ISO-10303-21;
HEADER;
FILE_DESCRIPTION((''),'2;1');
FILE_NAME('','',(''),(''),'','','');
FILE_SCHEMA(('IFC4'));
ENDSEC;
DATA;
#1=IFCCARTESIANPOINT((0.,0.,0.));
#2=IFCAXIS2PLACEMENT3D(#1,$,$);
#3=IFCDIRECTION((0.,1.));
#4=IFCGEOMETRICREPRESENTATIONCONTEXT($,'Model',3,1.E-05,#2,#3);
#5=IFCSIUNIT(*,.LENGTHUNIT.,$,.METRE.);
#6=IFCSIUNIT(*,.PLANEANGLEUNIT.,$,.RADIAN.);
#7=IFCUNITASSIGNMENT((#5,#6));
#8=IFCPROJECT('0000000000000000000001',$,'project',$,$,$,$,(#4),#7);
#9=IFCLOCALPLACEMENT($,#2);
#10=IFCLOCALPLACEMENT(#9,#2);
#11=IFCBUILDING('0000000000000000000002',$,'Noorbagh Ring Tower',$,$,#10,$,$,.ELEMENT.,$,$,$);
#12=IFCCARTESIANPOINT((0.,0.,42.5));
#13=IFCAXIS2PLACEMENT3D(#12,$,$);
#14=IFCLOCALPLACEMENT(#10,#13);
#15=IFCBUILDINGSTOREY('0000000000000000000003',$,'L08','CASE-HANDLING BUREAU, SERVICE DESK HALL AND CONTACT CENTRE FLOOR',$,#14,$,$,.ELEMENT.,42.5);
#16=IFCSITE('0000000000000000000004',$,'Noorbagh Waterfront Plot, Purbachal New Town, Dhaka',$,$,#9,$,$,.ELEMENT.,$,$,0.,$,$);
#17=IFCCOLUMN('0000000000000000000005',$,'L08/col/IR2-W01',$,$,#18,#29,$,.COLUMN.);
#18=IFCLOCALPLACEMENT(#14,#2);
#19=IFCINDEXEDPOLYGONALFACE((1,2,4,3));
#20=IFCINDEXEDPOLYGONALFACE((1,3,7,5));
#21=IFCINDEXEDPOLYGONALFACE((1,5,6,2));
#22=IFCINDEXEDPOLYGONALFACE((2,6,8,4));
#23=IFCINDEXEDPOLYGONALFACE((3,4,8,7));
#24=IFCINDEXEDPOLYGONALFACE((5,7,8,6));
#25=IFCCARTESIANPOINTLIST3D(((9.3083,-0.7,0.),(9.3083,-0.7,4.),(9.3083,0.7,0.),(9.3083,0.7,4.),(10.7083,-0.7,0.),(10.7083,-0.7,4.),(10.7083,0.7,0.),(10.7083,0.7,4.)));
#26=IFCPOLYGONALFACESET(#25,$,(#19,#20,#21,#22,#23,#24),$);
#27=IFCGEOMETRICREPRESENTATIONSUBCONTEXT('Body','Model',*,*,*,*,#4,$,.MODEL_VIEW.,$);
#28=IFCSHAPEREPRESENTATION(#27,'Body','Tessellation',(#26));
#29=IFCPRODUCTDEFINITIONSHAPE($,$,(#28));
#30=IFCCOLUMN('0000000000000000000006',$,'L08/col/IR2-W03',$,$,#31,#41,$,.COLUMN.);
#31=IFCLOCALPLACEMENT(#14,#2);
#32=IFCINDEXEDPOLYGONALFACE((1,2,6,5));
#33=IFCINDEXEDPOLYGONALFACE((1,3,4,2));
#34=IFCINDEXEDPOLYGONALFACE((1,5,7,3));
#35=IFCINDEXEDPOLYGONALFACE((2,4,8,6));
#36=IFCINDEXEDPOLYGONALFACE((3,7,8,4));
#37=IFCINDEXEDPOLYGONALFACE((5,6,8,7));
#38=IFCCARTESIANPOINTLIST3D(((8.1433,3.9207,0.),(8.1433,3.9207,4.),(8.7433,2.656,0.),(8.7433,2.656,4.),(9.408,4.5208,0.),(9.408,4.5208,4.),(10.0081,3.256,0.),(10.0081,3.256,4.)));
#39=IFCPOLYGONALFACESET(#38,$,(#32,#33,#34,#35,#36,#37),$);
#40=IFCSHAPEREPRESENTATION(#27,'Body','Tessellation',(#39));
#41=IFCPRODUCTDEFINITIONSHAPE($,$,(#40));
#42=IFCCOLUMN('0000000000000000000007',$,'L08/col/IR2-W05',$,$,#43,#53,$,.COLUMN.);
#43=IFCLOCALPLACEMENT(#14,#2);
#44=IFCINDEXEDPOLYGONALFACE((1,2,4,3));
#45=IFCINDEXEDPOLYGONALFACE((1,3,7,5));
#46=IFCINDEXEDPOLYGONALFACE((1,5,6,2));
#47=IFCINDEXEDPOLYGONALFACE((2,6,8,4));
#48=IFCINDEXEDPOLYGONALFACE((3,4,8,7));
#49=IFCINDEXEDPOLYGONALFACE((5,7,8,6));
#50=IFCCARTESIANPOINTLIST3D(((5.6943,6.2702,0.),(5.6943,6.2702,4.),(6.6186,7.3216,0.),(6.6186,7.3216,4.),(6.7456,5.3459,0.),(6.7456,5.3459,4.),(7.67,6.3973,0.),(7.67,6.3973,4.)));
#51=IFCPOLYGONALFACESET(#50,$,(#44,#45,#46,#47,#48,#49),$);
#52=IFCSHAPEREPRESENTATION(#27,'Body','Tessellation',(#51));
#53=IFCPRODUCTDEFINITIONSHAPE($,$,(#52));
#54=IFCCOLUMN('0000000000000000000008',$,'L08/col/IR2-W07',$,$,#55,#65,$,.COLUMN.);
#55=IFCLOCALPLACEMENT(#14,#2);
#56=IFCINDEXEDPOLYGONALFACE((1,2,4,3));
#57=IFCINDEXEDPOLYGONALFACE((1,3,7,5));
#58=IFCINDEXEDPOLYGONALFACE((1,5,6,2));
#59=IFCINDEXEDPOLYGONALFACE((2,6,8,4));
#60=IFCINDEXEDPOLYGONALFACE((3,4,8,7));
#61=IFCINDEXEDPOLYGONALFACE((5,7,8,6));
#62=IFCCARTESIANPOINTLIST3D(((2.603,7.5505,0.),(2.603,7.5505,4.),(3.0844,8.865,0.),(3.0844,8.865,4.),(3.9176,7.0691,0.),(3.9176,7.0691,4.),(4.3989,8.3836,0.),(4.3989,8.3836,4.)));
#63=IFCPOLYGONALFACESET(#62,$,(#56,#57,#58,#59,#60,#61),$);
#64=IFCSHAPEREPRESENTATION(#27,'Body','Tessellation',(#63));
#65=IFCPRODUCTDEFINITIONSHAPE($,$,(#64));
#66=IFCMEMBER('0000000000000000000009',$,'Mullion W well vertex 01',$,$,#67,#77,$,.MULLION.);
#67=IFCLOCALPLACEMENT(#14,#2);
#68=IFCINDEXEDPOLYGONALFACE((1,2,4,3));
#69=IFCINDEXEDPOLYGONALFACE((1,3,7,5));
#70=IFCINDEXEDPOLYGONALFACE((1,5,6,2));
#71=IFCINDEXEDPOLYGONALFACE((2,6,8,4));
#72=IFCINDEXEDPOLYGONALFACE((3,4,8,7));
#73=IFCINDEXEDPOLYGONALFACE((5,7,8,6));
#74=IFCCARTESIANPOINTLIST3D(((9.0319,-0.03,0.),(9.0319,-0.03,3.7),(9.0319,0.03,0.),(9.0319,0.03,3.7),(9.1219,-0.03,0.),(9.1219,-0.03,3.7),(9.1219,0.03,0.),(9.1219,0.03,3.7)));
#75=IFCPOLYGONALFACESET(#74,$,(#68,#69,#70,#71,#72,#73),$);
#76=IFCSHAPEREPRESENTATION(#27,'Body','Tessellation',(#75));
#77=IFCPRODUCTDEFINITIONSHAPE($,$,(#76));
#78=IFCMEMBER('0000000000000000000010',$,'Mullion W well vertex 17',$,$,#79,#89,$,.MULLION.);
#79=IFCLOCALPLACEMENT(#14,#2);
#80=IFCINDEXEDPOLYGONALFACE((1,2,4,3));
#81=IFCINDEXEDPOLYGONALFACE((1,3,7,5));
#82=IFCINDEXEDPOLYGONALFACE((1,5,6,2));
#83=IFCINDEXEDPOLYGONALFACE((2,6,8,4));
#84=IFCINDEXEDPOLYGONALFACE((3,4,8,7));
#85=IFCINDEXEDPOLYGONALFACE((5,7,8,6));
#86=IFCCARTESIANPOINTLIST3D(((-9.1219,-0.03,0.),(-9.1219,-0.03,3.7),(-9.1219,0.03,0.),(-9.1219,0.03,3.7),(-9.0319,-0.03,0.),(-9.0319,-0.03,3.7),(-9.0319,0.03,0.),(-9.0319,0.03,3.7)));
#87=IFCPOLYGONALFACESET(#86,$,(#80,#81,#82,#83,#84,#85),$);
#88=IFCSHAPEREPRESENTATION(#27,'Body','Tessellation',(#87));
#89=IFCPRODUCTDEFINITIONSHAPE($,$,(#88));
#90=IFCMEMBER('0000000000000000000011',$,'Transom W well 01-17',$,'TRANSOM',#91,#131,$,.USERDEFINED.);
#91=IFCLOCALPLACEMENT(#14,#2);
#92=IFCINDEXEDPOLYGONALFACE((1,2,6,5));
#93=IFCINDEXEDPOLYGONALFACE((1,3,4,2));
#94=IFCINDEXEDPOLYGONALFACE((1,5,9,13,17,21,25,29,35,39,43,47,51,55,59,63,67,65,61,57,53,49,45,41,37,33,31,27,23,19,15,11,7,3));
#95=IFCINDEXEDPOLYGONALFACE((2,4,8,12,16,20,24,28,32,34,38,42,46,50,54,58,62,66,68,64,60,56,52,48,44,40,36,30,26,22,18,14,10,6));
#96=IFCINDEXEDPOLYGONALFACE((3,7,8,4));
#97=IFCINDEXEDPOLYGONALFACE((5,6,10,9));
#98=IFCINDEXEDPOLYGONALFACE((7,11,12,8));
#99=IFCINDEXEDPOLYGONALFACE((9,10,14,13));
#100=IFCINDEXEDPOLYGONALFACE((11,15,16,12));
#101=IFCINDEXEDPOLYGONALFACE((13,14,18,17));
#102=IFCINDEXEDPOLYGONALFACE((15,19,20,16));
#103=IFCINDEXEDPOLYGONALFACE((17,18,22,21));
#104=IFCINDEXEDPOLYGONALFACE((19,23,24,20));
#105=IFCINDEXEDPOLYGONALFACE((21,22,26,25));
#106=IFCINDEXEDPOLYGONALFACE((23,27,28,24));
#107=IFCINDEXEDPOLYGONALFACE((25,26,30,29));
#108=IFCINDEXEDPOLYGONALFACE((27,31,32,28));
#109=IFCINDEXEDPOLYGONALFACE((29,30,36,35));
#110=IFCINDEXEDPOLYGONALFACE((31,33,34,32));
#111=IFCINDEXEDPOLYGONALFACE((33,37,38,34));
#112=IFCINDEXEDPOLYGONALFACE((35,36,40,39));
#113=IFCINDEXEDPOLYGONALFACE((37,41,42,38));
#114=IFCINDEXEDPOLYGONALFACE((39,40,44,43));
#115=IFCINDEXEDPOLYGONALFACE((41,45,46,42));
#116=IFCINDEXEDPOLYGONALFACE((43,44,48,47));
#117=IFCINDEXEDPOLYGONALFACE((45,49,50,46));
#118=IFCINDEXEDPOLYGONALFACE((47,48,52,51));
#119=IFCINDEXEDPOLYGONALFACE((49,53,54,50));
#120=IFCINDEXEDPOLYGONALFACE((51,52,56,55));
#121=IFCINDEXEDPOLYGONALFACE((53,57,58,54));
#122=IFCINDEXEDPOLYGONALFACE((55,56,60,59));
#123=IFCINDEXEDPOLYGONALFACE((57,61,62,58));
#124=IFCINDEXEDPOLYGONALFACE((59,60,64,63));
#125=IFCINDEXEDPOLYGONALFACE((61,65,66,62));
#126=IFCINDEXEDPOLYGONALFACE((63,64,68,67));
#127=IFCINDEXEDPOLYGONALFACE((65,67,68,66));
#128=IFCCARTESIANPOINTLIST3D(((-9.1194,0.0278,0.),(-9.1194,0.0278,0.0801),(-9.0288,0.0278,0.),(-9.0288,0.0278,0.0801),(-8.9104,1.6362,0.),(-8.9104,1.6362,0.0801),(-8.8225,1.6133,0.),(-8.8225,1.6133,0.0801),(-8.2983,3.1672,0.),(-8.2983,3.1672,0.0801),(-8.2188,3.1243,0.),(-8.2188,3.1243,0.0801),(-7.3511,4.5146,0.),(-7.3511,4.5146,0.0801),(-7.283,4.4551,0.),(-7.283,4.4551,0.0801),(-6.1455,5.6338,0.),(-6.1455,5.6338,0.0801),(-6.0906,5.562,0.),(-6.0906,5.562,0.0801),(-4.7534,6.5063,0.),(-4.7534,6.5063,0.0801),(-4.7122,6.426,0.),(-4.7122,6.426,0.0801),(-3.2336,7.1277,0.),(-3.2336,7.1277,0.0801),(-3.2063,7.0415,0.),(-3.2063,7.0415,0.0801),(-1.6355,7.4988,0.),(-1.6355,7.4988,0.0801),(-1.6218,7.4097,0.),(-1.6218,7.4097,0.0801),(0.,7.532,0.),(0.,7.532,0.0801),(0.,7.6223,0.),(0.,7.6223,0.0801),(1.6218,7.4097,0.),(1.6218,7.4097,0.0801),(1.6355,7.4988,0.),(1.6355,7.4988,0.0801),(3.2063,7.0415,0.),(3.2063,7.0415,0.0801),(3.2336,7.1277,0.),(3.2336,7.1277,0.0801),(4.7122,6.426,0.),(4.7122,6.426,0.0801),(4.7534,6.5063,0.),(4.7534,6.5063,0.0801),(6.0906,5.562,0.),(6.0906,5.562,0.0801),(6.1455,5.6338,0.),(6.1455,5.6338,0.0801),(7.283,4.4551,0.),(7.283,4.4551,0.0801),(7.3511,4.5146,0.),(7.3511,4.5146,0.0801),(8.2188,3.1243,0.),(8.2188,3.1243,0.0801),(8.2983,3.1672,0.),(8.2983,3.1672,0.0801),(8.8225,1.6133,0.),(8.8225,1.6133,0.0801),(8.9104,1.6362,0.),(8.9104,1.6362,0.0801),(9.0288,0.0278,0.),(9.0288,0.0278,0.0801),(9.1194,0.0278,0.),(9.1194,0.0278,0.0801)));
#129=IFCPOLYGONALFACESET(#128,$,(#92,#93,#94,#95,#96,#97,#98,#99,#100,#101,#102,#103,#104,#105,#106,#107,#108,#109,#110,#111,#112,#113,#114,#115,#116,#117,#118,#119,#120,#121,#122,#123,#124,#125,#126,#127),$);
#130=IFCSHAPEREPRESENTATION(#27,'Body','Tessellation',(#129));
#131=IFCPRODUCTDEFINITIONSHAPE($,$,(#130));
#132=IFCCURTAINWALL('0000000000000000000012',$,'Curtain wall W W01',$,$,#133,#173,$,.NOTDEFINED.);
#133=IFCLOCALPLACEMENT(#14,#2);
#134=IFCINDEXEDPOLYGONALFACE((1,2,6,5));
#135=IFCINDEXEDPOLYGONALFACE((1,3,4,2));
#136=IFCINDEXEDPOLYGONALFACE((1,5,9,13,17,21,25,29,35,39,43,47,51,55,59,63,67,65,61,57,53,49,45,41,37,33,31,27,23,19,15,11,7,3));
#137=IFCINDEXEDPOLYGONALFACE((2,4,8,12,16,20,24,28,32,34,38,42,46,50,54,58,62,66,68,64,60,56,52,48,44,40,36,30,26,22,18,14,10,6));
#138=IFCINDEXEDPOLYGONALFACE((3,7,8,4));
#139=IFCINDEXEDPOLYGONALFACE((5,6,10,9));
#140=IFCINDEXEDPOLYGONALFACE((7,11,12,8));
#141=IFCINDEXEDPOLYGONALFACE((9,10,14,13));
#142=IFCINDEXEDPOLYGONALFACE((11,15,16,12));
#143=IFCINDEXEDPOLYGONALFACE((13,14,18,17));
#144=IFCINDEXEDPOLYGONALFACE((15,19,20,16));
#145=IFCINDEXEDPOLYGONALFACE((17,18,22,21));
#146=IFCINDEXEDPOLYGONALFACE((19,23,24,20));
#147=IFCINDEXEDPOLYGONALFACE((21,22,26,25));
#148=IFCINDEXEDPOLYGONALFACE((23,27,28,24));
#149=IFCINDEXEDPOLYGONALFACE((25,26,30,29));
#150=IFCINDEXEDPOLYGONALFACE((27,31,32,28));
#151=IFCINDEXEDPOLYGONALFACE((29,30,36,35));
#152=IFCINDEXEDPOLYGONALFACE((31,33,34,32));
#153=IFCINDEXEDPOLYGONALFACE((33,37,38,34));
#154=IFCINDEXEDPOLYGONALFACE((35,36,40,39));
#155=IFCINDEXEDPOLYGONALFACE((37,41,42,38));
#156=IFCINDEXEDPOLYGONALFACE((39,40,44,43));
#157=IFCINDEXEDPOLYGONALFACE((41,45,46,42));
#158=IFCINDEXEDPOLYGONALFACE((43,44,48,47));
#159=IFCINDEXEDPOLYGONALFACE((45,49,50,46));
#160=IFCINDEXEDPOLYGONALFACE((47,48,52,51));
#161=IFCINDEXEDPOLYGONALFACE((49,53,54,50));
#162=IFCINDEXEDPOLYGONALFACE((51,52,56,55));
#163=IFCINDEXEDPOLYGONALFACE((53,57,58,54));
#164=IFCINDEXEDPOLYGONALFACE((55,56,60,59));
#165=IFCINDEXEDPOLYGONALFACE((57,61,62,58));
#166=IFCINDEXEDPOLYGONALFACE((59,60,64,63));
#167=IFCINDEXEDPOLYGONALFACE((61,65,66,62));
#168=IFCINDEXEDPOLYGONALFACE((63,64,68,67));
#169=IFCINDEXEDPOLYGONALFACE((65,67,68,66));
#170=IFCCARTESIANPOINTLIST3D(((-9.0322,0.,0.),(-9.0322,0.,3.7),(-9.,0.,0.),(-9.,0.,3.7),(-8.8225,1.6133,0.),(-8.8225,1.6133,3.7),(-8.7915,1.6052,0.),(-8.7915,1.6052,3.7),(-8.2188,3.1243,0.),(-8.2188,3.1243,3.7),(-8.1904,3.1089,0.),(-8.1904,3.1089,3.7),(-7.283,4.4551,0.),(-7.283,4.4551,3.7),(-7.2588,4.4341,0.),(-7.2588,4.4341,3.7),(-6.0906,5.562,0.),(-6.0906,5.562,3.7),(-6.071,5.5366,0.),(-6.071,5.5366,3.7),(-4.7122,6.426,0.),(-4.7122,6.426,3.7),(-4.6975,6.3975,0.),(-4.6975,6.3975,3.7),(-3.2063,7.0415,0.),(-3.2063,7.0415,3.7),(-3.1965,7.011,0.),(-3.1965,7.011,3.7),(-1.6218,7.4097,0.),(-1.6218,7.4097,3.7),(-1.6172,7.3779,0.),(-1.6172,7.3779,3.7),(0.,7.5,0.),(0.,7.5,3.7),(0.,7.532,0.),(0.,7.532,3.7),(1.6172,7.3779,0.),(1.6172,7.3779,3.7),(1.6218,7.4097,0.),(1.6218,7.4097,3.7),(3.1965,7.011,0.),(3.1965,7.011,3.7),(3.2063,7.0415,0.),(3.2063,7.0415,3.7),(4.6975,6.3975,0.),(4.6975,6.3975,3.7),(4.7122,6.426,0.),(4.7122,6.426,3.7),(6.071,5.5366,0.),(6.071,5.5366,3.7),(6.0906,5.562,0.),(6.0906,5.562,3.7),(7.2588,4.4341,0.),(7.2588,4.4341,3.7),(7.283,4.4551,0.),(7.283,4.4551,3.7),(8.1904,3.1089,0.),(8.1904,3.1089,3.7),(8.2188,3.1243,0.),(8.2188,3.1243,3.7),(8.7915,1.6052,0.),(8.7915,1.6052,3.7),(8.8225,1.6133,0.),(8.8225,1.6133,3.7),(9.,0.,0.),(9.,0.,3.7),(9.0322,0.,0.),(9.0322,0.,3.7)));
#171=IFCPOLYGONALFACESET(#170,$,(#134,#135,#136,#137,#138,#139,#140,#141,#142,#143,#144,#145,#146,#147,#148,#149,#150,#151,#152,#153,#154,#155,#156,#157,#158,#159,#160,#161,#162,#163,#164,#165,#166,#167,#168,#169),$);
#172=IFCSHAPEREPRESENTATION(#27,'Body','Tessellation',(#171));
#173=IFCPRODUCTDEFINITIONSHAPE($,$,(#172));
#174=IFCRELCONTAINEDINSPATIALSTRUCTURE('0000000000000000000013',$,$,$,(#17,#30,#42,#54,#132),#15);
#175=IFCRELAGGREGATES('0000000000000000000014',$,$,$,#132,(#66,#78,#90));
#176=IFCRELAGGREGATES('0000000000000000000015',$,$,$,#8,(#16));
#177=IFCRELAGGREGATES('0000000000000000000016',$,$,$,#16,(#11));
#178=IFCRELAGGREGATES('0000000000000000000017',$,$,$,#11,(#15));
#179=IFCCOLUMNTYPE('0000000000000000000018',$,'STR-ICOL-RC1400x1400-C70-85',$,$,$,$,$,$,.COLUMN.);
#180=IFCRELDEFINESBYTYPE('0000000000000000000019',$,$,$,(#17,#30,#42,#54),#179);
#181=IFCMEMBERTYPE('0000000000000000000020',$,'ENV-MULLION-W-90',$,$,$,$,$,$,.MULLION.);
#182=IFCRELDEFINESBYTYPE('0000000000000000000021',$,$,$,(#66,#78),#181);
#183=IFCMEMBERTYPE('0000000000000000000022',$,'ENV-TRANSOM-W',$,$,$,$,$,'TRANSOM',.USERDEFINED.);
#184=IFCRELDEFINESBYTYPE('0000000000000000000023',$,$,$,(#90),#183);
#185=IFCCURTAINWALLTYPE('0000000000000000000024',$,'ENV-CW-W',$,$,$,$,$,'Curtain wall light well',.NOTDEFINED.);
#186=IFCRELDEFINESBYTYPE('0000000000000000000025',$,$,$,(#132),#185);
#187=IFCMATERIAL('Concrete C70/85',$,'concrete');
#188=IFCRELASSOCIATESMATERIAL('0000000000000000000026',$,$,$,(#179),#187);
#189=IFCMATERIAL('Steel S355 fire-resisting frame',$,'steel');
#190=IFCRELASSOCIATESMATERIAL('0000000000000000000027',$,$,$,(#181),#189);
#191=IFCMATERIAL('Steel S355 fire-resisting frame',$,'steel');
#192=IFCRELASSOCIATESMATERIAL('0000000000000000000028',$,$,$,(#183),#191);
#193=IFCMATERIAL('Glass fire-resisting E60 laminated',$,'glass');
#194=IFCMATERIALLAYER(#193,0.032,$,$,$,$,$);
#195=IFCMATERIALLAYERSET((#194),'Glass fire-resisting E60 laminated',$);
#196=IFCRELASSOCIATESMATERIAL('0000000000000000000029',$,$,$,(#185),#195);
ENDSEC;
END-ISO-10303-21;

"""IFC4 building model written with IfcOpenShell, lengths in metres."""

from ifc_helpers import new_model, si_unit, direction, frame, origin, origin_2d, place, context, subcontext, project, spatial, polyline, rectangle, outline, extrude, material, layer, layer_set, material_profile, profile_set, type_object, element, aggregate, save


model = new_model("IFC4")

# Units and contexts
model_context = context("Model", 3, precision=1e-05, world=origin(), true_north=direction((0.0, 1.0)))
body_context = subcontext(model_context, "Body", "Model", "MODEL_VIEW")
ifc_project = project(units=[si_unit("LENGTHUNIT", "METRE"), si_unit("PLANEANGLEUNIT", "RADIAN")], contexts=[model_context])

# Site, building, storey
site_placement = place(None, origin())
site = spatial("IfcSite", under=ifc_project, at=site_placement, Name="Noorbagh Waterfront Plot, Purbachal New Town, Dhaka", CompositionType="ELEMENT", RefElevation=0.0)
building_placement = place(site_placement, origin())
building = spatial("IfcBuilding", under=site, at=building_placement, Name="Noorbagh Ring Tower", CompositionType="ELEMENT")
storey_placement = place(building_placement, frame((0.0, 0.0, 42.5)))
storey = spatial("IfcBuildingStorey", under=building, at=storey_placement, Name="L08", Description="CASE-HANDLING BUREAU, SERVICE DESK HALL AND CONTACT CENTRE FLOOR", CompositionType="ELEMENT", Elevation=42.5)

# Columns
ifc_material_1 = material(Name="Concrete C70/85", Category="concrete")
ifc_material_profile_1 = material_profile(ifc_material_1, rectangle(XDim=1.3999, YDim=1.3999, at=origin_2d()), Name="RC1400x1400")
ifc_profile_set_1 = profile_set([ifc_material_profile_1], Name="Concrete C70/85")
column_type = type_object("IfcColumnType", Name="STR-ICOL-RC1400x1400-C70-85", PredefinedType="COLUMN", material=ifc_profile_set_1)
for number, where, z_axis, x_axis, name in (
    (1, (10.0083, 0.0, 0.0), (0.0, 0.0, 1.0), (0.0, 1.0, 0.0), "L08/col/IR2-W01"),
    (2, (9.0757, 3.5884, 0.0), (0.0, 0.0, 1.0), (-0.428667, 0.903463, 0.0), "L08/col/IR2-W03"),
    (3, (6.6821, 6.3337, 0.0), (0.0, 0.0, 1.0), (-0.751022, 0.660277, 0.0), "L08/col/IR2-W05"),
    (4, (3.501, 7.967, 0.0), (0.0, 0.0, 1.0), (-0.93902, 0.343864, 0.0), "L08/col/IR2-W07"),
):
    element("IfcColumn", number, at=place(storey_placement, frame(where, z_axis=z_axis, x_axis=x_axis)), inside=storey, type_object=column_type, Name=name, PredefinedType="COLUMN", context=body_context, shape_type="SweptSolid", body=[
        extrude(rectangle(XDim=1.3999, YDim=1.3999, at=origin_2d()), origin(), (0.0, 0.0, 1.0), 4.0),
    ])

# Members
ifc_material_2 = material(Name="Steel S355 fire-resisting frame", Category="steel")
ifc_material_profile_2 = material_profile(ifc_material_2, rectangle(XDim=0.0901, YDim=0.0601, at=origin_2d()), Name="90x60")
ifc_profile_set_2 = profile_set([ifc_material_profile_2], Name="Steel S355 fire-resisting frame")
member_type_1 = type_object("IfcMemberType", Name="ENV-MULLION-W-90", PredefinedType="MULLION", material=ifc_profile_set_2)
member_1_placement = place(storey_placement, frame((9.0769, 0.0, 0.0), z_axis=(0.0, 0.0, 1.0), x_axis=(1.0, 0.0, 0.0)))
member_1 = element("IfcMember", 5, at=member_1_placement, type_object=member_type_1, Name="Mullion W well vertex 01", PredefinedType="MULLION", context=body_context, shape_type="SweptSolid", body=[
    extrude(rectangle(XDim=0.0901, YDim=0.0601, at=origin_2d()), origin(), (0.0, 0.0, 1.0), 3.7),
])
member_2_placement = place(storey_placement, frame((-9.0769, 0.0, 0.0), z_axis=(0.0, 0.0, 1.0), x_axis=(-1.0, 0.0, 0.0)))
member_2 = element("IfcMember", 6, at=member_2_placement, type_object=member_type_1, Name="Mullion W well vertex 17", PredefinedType="MULLION", context=body_context, shape_type="SweptSolid", body=[
    extrude(rectangle(XDim=0.0901, YDim=0.0601, at=origin_2d()), origin(), (0.0, 0.0, 1.0), 3.7),
])
ifc_material_3 = material(Name="Steel S355 fire-resisting frame", Category="steel")
member_type_2 = type_object("IfcMemberType", Name="ENV-TRANSOM-W", ElementType="TRANSOM", PredefinedType="USERDEFINED", material=ifc_material_3)
member_3_placement = place(storey_placement, origin())
member_3 = element("IfcMember", 7, at=member_3_placement, type_object=member_type_2, Name="Transom W well 01-17", ObjectType="TRANSOM", PredefinedType="USERDEFINED", context=body_context, shape_type="SweptSolid", body=[
    extrude(outline(polyline([(9.1194, 0.0278), (8.9104, 1.6362), (8.2983, 3.1672), (7.3511, 4.5146), (6.1455, 5.6338), (4.7534, 6.5063), (3.2336, 7.1277), (1.6355, 7.4988), (0.0, 7.6223), (-1.6355, 7.4988), (-3.2336, 7.1277), (-4.7534, 6.5063), (-6.1455, 5.6338), (-7.3511, 4.5146), (-8.2983, 3.1672), (-8.9104, 1.6362), (-9.1194, 0.0278), (-9.0288, 0.0278), (-8.8225, 1.6133), (-8.2188, 3.1243), (-7.283, 4.4551), (-6.0906, 5.562), (-4.7122, 6.426), (-3.2063, 7.0415), (-1.6218, 7.4097), (0.0, 7.532), (1.6218, 7.4097), (3.2063, 7.0415), (4.7122, 6.426), (6.0906, 5.562), (7.283, 4.4551), (8.2188, 3.1243), (8.8225, 1.6133), (9.0288, 0.0278), (9.1194, 0.0278)])), origin(), (0.0, 0.0, 1.0), 0.0801),
])

# Curtain wall
ifc_material_4 = material(Name="Glass fire-resisting E60 laminated", Category="glass")
ifc_layer_1 = layer(ifc_material_4, 0.032)
ifc_layer_set_1 = layer_set([ifc_layer_1], Name="Glass fire-resisting E60 laminated")
curtain_wall_type = type_object("IfcCurtainWallType", Name="ENV-CW-W", ElementType="Curtain wall light well", PredefinedType="NOTDEFINED", material=ifc_layer_set_1)
curtain_wall_1_placement = place(storey_placement, origin())
curtain_wall_1 = element("IfcCurtainWall", 8, at=curtain_wall_1_placement, inside=storey, type_object=curtain_wall_type, Name="Curtain wall W W01", PredefinedType="NOTDEFINED", context=body_context, shape_type="SweptSolid", body=[
    extrude(outline(polyline([(9.0322, 0.0), (8.8225, 1.6133), (8.2188, 3.1243), (7.283, 4.4551), (6.0906, 5.562), (4.7122, 6.426), (3.2063, 7.0415), (1.6218, 7.4097), (0.0, 7.532), (-1.6218, 7.4097), (-3.2063, 7.0415), (-4.7122, 6.426), (-6.0906, 5.562), (-7.283, 4.4551), (-8.2188, 3.1243), (-8.8225, 1.6133), (-9.0322, 0.0), (-9.0, 0.0), (-8.7915, 1.6052), (-8.1904, 3.1089), (-7.2588, 4.4341), (-6.071, 5.5366), (-4.6975, 6.3975), (-3.1965, 7.011), (-1.6172, 7.3779), (0.0, 7.5), (1.6172, 7.3779), (3.1965, 7.011), (4.6975, 6.3975), (6.071, 5.5366), (7.2588, 4.4341), (8.1904, 3.1089), (8.7915, 1.6052), (9.0, 0.0), (9.0322, 0.0)])), origin(), (0.0, 0.0, 1.0), 3.7),
])
aggregate(curtain_wall_1, [member_1, member_2, member_3])

save(model, "model.ifc")
